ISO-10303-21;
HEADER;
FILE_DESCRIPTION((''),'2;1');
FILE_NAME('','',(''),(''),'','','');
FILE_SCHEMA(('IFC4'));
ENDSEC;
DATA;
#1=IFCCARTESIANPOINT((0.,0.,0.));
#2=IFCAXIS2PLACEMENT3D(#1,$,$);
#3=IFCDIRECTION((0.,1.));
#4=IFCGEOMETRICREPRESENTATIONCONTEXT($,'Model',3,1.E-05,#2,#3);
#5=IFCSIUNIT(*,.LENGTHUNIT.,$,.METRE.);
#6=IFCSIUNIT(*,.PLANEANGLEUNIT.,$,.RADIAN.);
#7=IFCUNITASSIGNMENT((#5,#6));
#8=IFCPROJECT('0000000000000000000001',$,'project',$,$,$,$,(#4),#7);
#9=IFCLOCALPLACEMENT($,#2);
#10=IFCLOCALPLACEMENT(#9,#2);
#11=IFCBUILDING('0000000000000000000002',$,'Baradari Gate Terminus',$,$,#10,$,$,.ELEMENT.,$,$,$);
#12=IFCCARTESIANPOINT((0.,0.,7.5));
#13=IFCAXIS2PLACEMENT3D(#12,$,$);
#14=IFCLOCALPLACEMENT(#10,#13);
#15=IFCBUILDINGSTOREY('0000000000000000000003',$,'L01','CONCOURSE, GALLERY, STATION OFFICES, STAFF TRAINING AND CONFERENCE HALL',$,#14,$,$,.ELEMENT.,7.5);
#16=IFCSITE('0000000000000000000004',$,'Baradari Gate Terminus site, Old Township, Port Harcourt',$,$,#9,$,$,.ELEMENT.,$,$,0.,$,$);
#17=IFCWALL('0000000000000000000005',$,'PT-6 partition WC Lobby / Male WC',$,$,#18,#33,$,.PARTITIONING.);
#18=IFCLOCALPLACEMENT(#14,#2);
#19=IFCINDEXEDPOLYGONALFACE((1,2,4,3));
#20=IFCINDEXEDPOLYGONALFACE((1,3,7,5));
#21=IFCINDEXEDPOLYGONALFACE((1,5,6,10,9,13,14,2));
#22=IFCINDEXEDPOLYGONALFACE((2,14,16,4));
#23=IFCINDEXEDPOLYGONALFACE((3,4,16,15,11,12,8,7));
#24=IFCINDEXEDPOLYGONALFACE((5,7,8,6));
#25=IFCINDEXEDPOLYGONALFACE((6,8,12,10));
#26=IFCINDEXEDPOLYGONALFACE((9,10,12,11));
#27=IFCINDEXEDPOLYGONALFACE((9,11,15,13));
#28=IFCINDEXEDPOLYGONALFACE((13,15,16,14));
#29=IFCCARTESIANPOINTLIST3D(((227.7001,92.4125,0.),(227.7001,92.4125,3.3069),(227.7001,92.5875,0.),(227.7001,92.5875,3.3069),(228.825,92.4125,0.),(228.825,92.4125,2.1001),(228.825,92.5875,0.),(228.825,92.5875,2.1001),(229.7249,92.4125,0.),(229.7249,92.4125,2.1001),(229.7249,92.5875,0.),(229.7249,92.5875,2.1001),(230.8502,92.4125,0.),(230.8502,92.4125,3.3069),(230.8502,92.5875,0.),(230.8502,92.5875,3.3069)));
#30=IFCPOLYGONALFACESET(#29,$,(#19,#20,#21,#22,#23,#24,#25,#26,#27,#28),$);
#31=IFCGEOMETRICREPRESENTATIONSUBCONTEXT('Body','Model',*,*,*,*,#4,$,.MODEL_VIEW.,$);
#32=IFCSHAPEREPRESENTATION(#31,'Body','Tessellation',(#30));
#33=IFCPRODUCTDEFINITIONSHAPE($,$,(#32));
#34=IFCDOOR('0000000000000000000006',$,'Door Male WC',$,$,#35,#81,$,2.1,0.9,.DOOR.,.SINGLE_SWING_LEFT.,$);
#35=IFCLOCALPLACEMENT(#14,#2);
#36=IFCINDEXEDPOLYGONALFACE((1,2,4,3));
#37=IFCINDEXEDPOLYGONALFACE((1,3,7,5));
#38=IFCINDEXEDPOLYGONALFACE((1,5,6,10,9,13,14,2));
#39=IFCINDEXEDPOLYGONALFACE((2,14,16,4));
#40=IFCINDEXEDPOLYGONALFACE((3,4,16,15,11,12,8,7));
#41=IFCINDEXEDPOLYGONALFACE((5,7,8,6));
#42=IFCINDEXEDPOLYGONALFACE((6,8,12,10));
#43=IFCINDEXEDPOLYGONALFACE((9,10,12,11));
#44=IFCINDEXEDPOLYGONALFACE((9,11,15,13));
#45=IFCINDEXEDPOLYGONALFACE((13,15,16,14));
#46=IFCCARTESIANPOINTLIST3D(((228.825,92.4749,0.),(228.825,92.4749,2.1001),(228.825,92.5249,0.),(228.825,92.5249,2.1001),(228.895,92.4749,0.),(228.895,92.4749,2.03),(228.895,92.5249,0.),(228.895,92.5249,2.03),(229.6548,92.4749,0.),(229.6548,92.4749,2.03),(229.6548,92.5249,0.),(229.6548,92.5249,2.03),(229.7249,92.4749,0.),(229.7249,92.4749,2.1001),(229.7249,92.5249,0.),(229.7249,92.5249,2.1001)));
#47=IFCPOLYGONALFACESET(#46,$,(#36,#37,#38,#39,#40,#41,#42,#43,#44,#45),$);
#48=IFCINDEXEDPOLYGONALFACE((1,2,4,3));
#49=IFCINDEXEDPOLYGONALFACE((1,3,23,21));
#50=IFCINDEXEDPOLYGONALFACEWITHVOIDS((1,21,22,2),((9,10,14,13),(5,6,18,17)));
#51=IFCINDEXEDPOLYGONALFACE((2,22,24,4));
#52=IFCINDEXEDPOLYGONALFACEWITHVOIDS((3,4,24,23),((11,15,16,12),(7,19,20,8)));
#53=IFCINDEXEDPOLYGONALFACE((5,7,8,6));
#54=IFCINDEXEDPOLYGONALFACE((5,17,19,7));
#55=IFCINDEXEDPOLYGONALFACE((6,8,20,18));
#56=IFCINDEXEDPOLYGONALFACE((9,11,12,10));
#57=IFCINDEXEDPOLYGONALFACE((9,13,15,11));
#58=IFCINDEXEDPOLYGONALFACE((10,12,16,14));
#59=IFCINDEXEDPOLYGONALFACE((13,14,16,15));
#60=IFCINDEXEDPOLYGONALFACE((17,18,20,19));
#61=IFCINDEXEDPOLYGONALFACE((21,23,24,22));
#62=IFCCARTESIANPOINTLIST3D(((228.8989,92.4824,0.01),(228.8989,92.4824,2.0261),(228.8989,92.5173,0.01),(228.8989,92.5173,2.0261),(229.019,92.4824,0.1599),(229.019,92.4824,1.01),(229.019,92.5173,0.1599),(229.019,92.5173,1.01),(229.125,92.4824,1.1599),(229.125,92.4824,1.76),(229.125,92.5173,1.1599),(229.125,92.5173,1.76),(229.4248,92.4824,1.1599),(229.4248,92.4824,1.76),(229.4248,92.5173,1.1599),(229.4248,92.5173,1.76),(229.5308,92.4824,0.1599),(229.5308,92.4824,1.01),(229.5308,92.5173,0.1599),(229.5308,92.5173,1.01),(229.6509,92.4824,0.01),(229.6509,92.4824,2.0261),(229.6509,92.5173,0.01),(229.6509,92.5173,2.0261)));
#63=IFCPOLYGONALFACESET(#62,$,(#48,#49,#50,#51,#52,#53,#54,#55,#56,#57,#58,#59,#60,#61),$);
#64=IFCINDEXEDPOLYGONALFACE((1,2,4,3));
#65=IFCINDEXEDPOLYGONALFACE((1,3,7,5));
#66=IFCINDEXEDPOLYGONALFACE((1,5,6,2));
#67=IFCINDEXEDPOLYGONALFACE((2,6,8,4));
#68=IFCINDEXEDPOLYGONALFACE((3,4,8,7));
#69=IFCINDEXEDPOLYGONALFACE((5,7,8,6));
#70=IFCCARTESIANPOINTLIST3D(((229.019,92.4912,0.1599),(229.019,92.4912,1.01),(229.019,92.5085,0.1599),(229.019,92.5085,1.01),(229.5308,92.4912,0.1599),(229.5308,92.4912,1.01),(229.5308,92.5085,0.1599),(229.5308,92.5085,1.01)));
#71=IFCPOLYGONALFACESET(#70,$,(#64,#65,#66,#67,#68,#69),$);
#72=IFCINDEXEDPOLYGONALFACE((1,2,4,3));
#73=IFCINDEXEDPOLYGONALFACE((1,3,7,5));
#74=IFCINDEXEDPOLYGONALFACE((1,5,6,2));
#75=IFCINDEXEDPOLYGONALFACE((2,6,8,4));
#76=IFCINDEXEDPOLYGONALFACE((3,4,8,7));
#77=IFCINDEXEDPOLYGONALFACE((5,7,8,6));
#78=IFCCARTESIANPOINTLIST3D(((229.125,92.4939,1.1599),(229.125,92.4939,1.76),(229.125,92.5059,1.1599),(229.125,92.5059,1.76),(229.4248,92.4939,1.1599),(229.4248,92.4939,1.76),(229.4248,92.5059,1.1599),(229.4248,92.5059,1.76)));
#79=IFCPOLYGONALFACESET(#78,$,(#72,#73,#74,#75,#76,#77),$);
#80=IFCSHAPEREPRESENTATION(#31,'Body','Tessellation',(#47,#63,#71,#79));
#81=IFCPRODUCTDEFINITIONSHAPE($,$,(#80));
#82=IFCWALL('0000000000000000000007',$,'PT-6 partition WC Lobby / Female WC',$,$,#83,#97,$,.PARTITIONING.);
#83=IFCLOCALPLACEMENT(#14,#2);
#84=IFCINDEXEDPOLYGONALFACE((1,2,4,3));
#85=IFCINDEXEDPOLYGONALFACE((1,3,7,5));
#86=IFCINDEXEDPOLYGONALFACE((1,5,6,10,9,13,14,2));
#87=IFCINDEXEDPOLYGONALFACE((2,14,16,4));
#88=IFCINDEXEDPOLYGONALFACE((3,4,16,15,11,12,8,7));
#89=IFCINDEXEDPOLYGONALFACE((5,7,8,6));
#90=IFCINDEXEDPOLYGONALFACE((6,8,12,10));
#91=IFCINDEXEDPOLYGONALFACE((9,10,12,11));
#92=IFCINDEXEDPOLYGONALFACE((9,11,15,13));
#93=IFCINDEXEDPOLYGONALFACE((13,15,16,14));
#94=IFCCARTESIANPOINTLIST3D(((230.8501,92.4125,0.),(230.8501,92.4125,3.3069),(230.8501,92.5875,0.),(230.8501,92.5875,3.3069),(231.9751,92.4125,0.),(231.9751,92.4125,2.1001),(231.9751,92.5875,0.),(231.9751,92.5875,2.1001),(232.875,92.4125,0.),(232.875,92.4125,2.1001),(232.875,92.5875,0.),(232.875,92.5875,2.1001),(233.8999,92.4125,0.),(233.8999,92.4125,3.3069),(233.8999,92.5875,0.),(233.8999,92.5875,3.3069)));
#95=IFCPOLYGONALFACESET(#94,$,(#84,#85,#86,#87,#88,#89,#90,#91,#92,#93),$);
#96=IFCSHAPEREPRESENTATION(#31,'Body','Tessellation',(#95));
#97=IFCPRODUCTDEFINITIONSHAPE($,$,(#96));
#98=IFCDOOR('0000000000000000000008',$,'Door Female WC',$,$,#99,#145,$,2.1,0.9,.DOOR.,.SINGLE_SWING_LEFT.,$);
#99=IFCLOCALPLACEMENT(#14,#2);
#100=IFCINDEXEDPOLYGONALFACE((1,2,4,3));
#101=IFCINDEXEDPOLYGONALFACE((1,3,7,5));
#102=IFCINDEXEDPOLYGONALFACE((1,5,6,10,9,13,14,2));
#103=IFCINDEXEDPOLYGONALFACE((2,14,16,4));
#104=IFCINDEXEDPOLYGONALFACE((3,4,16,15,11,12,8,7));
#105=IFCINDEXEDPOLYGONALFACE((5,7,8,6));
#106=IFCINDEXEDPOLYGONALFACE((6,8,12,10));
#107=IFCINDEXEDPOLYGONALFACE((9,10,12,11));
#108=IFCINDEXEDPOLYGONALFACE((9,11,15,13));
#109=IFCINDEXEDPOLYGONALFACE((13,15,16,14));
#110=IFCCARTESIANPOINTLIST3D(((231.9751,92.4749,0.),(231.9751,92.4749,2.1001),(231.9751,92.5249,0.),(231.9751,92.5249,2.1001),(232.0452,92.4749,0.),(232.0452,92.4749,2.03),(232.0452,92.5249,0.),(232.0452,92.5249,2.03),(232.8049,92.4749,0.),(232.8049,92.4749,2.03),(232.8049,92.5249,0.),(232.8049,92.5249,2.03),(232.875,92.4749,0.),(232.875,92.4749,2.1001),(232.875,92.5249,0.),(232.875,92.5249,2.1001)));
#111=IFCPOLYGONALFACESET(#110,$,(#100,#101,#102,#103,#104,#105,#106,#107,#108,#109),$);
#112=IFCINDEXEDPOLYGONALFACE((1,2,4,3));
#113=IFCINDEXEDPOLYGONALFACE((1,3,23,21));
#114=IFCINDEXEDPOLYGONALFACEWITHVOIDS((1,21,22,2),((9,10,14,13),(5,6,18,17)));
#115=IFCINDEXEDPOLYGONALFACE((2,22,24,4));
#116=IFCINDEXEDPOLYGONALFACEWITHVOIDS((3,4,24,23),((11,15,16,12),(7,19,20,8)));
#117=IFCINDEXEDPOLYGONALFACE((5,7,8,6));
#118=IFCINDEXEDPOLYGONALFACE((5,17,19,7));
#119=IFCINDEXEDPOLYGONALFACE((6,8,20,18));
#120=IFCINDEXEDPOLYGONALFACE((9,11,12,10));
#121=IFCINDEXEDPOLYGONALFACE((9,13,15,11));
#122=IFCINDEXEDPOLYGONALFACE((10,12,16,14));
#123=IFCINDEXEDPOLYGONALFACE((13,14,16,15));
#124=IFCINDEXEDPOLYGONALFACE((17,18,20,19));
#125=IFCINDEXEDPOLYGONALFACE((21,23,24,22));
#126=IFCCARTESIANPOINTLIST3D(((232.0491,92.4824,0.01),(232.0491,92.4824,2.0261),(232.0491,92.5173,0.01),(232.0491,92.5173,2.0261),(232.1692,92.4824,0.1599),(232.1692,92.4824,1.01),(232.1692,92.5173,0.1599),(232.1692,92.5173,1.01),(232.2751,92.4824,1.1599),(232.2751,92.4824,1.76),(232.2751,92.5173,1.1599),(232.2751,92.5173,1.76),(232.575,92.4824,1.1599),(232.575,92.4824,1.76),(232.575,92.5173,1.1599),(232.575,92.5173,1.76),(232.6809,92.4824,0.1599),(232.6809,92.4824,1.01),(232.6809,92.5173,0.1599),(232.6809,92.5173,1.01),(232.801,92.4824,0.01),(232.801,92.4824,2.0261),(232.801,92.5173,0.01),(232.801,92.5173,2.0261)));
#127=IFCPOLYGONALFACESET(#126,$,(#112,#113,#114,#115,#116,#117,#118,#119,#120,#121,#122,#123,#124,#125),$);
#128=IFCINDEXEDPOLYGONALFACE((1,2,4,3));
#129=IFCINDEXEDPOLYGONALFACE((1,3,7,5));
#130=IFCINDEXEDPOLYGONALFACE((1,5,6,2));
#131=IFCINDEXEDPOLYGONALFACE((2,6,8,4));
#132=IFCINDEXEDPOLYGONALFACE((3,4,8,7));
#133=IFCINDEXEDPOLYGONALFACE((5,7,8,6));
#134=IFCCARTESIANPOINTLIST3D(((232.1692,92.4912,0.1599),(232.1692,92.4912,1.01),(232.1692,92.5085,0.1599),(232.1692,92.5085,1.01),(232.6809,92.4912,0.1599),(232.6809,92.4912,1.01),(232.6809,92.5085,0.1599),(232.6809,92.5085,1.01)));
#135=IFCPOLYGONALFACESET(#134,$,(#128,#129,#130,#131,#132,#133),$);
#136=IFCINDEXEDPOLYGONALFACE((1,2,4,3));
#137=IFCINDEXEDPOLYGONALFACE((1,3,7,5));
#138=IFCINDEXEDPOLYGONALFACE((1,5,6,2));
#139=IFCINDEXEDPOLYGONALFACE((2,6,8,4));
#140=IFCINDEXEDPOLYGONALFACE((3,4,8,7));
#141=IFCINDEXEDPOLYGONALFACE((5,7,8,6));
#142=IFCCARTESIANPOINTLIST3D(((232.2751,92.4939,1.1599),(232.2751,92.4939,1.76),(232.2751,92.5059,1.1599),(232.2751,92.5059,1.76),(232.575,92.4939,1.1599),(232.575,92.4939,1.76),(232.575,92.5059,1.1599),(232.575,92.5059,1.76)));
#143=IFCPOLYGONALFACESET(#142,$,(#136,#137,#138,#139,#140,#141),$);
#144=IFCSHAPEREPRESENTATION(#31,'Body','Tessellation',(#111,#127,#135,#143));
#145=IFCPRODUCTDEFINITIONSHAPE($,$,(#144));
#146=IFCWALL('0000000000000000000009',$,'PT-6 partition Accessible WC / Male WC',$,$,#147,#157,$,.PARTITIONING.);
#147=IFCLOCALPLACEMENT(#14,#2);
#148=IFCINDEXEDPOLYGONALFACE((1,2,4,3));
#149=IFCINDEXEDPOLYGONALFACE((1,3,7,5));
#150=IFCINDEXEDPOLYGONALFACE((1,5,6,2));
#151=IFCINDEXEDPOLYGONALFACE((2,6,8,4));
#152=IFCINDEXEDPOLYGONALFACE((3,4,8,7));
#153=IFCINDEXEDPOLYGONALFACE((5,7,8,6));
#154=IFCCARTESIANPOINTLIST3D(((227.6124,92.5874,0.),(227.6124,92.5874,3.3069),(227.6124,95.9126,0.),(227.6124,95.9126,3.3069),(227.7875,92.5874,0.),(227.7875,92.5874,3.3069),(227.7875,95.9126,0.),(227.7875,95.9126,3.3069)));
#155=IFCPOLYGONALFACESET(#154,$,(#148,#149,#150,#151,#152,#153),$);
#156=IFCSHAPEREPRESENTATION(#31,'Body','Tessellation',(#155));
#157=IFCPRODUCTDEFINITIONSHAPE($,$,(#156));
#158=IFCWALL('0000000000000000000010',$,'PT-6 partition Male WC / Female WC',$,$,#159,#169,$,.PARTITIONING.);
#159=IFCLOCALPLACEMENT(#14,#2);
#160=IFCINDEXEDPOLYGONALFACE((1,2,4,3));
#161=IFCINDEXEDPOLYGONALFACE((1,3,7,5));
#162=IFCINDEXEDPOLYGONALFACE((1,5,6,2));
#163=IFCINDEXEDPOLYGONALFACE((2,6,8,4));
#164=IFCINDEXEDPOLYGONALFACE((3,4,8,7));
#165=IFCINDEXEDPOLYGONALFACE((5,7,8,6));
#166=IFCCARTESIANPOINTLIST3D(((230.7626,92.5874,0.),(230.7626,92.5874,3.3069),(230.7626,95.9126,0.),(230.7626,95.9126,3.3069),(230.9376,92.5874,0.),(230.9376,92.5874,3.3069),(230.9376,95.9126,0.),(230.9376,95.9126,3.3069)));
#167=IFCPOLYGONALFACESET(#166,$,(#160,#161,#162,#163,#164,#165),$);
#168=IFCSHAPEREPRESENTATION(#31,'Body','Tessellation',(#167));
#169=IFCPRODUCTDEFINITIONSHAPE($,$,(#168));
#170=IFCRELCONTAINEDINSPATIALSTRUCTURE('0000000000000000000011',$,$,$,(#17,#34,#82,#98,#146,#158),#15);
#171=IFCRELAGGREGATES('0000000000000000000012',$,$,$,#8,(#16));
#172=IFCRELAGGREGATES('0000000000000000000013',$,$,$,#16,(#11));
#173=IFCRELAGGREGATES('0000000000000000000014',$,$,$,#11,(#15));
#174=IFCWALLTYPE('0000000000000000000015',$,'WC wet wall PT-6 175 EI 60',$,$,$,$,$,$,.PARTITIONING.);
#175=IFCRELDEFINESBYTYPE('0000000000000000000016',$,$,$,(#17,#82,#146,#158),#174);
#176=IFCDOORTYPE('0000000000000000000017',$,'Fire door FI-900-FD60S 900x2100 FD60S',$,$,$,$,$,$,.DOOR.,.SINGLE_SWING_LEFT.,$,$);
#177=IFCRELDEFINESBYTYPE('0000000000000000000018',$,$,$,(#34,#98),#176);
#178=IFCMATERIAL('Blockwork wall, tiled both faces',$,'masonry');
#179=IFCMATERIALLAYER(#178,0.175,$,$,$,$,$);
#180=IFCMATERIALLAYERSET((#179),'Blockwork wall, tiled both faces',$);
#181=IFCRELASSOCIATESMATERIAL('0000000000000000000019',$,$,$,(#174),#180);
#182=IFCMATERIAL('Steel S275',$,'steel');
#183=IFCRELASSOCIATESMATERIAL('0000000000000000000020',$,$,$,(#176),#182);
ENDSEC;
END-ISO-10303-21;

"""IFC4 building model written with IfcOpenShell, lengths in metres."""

from ifc_helpers import new_model, si_unit, direction, frame, frame_2d, origin, place, context, subcontext, project, spatial, polyline, rectangle, outline, extrude, material, layer, layer_set, type_object, element, fill, save


model = new_model("IFC4")

# Units and contexts
model_context = context("Model", 3, precision=1e-05, world=origin(), true_north=direction((0.0, 1.0)))
body_context = subcontext(model_context, "Body", "Model", "MODEL_VIEW")
ifc_project = project(units=[si_unit("LENGTHUNIT", "METRE"), si_unit("PLANEANGLEUNIT", "RADIAN")], contexts=[model_context])

# Site, building, storey
site_placement = place(None, origin())
site = spatial("IfcSite", under=ifc_project, at=site_placement, Name="Baradari Gate Terminus site, Old Township, Port Harcourt", CompositionType="ELEMENT", RefElevation=0.0)
building_placement = place(site_placement, origin())
building = spatial("IfcBuilding", under=site, at=building_placement, Name="Baradari Gate Terminus", CompositionType="ELEMENT")
storey_placement = place(building_placement, frame((0.0, 0.0, 7.5)))
storey = spatial("IfcBuildingStorey", under=building, at=storey_placement, Name="L01", Description="CONCOURSE, GALLERY, STATION OFFICES, STAFF TRAINING AND CONFERENCE HALL", CompositionType="ELEMENT", Elevation=7.5)

# Shared definitions
ifc_material_1 = material(Name="Blockwork wall, tiled both faces", Category="masonry")
ifc_layer_1 = layer(ifc_material_1, 0.175)
ifc_layer_set_1 = layer_set([ifc_layer_1], Name="Blockwork wall, tiled both faces")
wall_type_1 = type_object("IfcWallType", Name="WC wet wall PT-6 175 EI 60", PredefinedType="PARTITIONING", material=ifc_layer_set_1)

# Walls, openings, doors
wall_1_placement = place(storey_placement, frame((227.7, 92.5, 0.0), z_axis=(0.0, 0.0, 1.0), x_axis=(1.0, 0.0, 0.0)))
wall_1 = element("IfcWall", 1, at=wall_1_placement, inside=storey, type_object=wall_type_1, Name="PT-6 partition WC Lobby / Male WC", PredefinedType="PARTITIONING", context=body_context, shape_type="SweptSolid", body=[
    extrude(rectangle(XDim=3.1501, YDim=0.175, at=frame_2d((1.5752, 0.0))), origin(), (0.0, 0.0, 1.0), 3.3069),
])
opening_1_placement = place(wall_1_placement, frame((1.125, 0.0, 0.0)))
opening_1 = element("IfcOpeningElement", 2, at=opening_1_placement, cuts=wall_1, PredefinedType="OPENING", context=body_context, shape_type="SweptSolid", body=[
    extrude(rectangle(XDim=0.8999, YDim=2.1001, at=frame_2d((0.45, 1.05))), frame((0.0, 0.0974, 0.0), z_axis=(0.0, -1.0, 0.0), x_axis=(1.0, 0.0, 0.0)), (0.0, 0.0, 1.0), 0.1951),
])
ifc_material_2 = material(Name="Steel S275", Category="steel")
door_type_1 = type_object("IfcDoorType", Name="Fire door FI-900-FD60S 900x2100 FD60S", OperationType="SINGLE_SWING_LEFT", PredefinedType="DOOR", material=ifc_material_2)
door_1_placement = place(opening_1_placement, origin())
door_1 = element("IfcDoor", 3, at=door_1_placement, inside=storey, type_object=door_type_1, Name="Door Male WC", OperationType="SINGLE_SWING_LEFT", OverallHeight=2.1, OverallWidth=0.9, PredefinedType="DOOR", context=body_context, shape_type="SweptSolid", body=[
    extrude(outline(polyline([(0.0, 0.0), (0.0701, 0.0), (0.0701, 2.03), (0.8298, 2.03), (0.8298, 0.0), (0.8999, 0.0), (0.8999, 2.1001), (0.0, 2.1001), (0.0, 0.0)])), frame((0.0, 0.0249, 0.0), z_axis=(0.0, -1.0, 0.0), x_axis=(1.0, 0.0, 0.0)), (0.0, 0.0, 1.0), 0.05),
    extrude(outline(polyline([(0.074, 0.01), (0.8259, 0.01), (0.8259, 2.0261), (0.074, 2.0261), (0.074, 0.01)]), holes=[polyline([(0.1941, 0.1599), (0.7058, 0.1599), (0.7058, 1.01), (0.1941, 1.01), (0.1941, 0.1599)]), polyline([(0.3, 1.1599), (0.5999, 1.1599), (0.5999, 1.76), (0.3, 1.76), (0.3, 1.1599)])]), frame((0.0, 0.0173, 0.0), z_axis=(0.0, -1.0, 0.0), x_axis=(1.0, 0.0, 0.0)), (0.0, 0.0, 1.0), 0.0349),
    extrude(rectangle(XDim=0.5117, YDim=0.8501, at=frame_2d((0.45, 0.585))), frame((0.0, 0.0085, 0.0), z_axis=(0.0, -1.0, 0.0), x_axis=(1.0, 0.0, 0.0)), (0.0, 0.0, 1.0), 0.0173),
    extrude(rectangle(XDim=0.2998, YDim=0.6001, at=frame_2d((0.45, 1.46))), frame((0.0, 0.0059, 0.0), z_axis=(0.0, -1.0, 0.0), x_axis=(1.0, 0.0, 0.0)), (0.0, 0.0, 1.0), 0.012),
])
fill(opening_1, door_1)
wall_2_placement = place(storey_placement, frame((230.8501, 92.5, 0.0), z_axis=(0.0, 0.0, 1.0), x_axis=(1.0, 0.0, 0.0)))
wall_2 = element("IfcWall", 4, at=wall_2_placement, inside=storey, type_object=wall_type_1, Name="PT-6 partition WC Lobby / Female WC", PredefinedType="PARTITIONING", context=body_context, shape_type="SweptSolid", body=[
    extrude(rectangle(XDim=3.0498, YDim=0.175, at=frame_2d((1.5249, 0.0))), origin(), (0.0, 0.0, 1.0), 3.3069),
])
opening_2_placement = place(wall_2_placement, frame((1.125, 0.0, 0.0)))
opening_2 = element("IfcOpeningElement", 5, at=opening_2_placement, cuts=wall_2, PredefinedType="OPENING", context=body_context, shape_type="SweptSolid", body=[
    extrude(rectangle(XDim=0.8999, YDim=2.1001, at=frame_2d((0.45, 1.05))), frame((0.0, 0.0974, 0.0), z_axis=(0.0, -1.0, 0.0), x_axis=(1.0, 0.0, 0.0)), (0.0, 0.0, 1.0), 0.1951),
])
door_2_placement = place(opening_2_placement, origin())
door_2 = element("IfcDoor", 6, at=door_2_placement, inside=storey, type_object=door_type_1, Name="Door Female WC", OperationType="SINGLE_SWING_LEFT", OverallHeight=2.1, OverallWidth=0.9, PredefinedType="DOOR", context=body_context, shape_type="SweptSolid", body=[
    extrude(outline(polyline([(0.0, 0.0), (0.0701, 0.0), (0.0701, 2.03), (0.8298, 2.03), (0.8298, 0.0), (0.8999, 0.0), (0.8999, 2.1001), (0.0, 2.1001), (0.0, 0.0)])), frame((0.0, 0.0249, 0.0), z_axis=(0.0, -1.0, 0.0), x_axis=(1.0, 0.0, 0.0)), (0.0, 0.0, 1.0), 0.05),
    extrude(outline(polyline([(0.074, 0.01), (0.8259, 0.01), (0.8259, 2.0261), (0.074, 2.0261), (0.074, 0.01)]), holes=[polyline([(0.1941, 0.1599), (0.7058, 0.1599), (0.7058, 1.01), (0.1941, 1.01), (0.1941, 0.1599)]), polyline([(0.3, 1.1599), (0.5999, 1.1599), (0.5999, 1.76), (0.3, 1.76), (0.3, 1.1599)])]), frame((0.0, 0.0173, 0.0), z_axis=(0.0, -1.0, 0.0), x_axis=(1.0, 0.0, 0.0)), (0.0, 0.0, 1.0), 0.0349),
    extrude(rectangle(XDim=0.5117, YDim=0.8501, at=frame_2d((0.45, 0.585))), frame((0.0, 0.0085, 0.0), z_axis=(0.0, -1.0, 0.0), x_axis=(1.0, 0.0, 0.0)), (0.0, 0.0, 1.0), 0.0173),
    extrude(rectangle(XDim=0.2998, YDim=0.6001, at=frame_2d((0.45, 1.46))), frame((0.0, 0.0059, 0.0), z_axis=(0.0, -1.0, 0.0), x_axis=(1.0, 0.0, 0.0)), (0.0, 0.0, 1.0), 0.012),
])
fill(opening_2, door_2)

# Walls
for number, where, z_axis, x_axis, name in (
    (7, (227.7, 95.9126, 0.0), (0.0, 0.0, 1.0), (0.0, -1.0, 0.0), "PT-6 partition Accessible WC / Male WC"),
    (8, (230.8501, 95.9126, 0.0), (0.0, 0.0, 1.0), (0.0, -1.0, 0.0), "PT-6 partition Male WC / Female WC"),
):
    element("IfcWall", number, at=place(storey_placement, frame(where, z_axis=z_axis, x_axis=x_axis)), inside=storey, type_object=wall_type_1, Name=name, PredefinedType="PARTITIONING", context=body_context, shape_type="SweptSolid", body=[
        extrude(rectangle(XDim=3.3252, YDim=0.175, at=frame_2d((1.6626, 0.0))), origin(), (0.0, 0.0, 1.0), 3.3069),
    ])

save(model, "model.ifc")
